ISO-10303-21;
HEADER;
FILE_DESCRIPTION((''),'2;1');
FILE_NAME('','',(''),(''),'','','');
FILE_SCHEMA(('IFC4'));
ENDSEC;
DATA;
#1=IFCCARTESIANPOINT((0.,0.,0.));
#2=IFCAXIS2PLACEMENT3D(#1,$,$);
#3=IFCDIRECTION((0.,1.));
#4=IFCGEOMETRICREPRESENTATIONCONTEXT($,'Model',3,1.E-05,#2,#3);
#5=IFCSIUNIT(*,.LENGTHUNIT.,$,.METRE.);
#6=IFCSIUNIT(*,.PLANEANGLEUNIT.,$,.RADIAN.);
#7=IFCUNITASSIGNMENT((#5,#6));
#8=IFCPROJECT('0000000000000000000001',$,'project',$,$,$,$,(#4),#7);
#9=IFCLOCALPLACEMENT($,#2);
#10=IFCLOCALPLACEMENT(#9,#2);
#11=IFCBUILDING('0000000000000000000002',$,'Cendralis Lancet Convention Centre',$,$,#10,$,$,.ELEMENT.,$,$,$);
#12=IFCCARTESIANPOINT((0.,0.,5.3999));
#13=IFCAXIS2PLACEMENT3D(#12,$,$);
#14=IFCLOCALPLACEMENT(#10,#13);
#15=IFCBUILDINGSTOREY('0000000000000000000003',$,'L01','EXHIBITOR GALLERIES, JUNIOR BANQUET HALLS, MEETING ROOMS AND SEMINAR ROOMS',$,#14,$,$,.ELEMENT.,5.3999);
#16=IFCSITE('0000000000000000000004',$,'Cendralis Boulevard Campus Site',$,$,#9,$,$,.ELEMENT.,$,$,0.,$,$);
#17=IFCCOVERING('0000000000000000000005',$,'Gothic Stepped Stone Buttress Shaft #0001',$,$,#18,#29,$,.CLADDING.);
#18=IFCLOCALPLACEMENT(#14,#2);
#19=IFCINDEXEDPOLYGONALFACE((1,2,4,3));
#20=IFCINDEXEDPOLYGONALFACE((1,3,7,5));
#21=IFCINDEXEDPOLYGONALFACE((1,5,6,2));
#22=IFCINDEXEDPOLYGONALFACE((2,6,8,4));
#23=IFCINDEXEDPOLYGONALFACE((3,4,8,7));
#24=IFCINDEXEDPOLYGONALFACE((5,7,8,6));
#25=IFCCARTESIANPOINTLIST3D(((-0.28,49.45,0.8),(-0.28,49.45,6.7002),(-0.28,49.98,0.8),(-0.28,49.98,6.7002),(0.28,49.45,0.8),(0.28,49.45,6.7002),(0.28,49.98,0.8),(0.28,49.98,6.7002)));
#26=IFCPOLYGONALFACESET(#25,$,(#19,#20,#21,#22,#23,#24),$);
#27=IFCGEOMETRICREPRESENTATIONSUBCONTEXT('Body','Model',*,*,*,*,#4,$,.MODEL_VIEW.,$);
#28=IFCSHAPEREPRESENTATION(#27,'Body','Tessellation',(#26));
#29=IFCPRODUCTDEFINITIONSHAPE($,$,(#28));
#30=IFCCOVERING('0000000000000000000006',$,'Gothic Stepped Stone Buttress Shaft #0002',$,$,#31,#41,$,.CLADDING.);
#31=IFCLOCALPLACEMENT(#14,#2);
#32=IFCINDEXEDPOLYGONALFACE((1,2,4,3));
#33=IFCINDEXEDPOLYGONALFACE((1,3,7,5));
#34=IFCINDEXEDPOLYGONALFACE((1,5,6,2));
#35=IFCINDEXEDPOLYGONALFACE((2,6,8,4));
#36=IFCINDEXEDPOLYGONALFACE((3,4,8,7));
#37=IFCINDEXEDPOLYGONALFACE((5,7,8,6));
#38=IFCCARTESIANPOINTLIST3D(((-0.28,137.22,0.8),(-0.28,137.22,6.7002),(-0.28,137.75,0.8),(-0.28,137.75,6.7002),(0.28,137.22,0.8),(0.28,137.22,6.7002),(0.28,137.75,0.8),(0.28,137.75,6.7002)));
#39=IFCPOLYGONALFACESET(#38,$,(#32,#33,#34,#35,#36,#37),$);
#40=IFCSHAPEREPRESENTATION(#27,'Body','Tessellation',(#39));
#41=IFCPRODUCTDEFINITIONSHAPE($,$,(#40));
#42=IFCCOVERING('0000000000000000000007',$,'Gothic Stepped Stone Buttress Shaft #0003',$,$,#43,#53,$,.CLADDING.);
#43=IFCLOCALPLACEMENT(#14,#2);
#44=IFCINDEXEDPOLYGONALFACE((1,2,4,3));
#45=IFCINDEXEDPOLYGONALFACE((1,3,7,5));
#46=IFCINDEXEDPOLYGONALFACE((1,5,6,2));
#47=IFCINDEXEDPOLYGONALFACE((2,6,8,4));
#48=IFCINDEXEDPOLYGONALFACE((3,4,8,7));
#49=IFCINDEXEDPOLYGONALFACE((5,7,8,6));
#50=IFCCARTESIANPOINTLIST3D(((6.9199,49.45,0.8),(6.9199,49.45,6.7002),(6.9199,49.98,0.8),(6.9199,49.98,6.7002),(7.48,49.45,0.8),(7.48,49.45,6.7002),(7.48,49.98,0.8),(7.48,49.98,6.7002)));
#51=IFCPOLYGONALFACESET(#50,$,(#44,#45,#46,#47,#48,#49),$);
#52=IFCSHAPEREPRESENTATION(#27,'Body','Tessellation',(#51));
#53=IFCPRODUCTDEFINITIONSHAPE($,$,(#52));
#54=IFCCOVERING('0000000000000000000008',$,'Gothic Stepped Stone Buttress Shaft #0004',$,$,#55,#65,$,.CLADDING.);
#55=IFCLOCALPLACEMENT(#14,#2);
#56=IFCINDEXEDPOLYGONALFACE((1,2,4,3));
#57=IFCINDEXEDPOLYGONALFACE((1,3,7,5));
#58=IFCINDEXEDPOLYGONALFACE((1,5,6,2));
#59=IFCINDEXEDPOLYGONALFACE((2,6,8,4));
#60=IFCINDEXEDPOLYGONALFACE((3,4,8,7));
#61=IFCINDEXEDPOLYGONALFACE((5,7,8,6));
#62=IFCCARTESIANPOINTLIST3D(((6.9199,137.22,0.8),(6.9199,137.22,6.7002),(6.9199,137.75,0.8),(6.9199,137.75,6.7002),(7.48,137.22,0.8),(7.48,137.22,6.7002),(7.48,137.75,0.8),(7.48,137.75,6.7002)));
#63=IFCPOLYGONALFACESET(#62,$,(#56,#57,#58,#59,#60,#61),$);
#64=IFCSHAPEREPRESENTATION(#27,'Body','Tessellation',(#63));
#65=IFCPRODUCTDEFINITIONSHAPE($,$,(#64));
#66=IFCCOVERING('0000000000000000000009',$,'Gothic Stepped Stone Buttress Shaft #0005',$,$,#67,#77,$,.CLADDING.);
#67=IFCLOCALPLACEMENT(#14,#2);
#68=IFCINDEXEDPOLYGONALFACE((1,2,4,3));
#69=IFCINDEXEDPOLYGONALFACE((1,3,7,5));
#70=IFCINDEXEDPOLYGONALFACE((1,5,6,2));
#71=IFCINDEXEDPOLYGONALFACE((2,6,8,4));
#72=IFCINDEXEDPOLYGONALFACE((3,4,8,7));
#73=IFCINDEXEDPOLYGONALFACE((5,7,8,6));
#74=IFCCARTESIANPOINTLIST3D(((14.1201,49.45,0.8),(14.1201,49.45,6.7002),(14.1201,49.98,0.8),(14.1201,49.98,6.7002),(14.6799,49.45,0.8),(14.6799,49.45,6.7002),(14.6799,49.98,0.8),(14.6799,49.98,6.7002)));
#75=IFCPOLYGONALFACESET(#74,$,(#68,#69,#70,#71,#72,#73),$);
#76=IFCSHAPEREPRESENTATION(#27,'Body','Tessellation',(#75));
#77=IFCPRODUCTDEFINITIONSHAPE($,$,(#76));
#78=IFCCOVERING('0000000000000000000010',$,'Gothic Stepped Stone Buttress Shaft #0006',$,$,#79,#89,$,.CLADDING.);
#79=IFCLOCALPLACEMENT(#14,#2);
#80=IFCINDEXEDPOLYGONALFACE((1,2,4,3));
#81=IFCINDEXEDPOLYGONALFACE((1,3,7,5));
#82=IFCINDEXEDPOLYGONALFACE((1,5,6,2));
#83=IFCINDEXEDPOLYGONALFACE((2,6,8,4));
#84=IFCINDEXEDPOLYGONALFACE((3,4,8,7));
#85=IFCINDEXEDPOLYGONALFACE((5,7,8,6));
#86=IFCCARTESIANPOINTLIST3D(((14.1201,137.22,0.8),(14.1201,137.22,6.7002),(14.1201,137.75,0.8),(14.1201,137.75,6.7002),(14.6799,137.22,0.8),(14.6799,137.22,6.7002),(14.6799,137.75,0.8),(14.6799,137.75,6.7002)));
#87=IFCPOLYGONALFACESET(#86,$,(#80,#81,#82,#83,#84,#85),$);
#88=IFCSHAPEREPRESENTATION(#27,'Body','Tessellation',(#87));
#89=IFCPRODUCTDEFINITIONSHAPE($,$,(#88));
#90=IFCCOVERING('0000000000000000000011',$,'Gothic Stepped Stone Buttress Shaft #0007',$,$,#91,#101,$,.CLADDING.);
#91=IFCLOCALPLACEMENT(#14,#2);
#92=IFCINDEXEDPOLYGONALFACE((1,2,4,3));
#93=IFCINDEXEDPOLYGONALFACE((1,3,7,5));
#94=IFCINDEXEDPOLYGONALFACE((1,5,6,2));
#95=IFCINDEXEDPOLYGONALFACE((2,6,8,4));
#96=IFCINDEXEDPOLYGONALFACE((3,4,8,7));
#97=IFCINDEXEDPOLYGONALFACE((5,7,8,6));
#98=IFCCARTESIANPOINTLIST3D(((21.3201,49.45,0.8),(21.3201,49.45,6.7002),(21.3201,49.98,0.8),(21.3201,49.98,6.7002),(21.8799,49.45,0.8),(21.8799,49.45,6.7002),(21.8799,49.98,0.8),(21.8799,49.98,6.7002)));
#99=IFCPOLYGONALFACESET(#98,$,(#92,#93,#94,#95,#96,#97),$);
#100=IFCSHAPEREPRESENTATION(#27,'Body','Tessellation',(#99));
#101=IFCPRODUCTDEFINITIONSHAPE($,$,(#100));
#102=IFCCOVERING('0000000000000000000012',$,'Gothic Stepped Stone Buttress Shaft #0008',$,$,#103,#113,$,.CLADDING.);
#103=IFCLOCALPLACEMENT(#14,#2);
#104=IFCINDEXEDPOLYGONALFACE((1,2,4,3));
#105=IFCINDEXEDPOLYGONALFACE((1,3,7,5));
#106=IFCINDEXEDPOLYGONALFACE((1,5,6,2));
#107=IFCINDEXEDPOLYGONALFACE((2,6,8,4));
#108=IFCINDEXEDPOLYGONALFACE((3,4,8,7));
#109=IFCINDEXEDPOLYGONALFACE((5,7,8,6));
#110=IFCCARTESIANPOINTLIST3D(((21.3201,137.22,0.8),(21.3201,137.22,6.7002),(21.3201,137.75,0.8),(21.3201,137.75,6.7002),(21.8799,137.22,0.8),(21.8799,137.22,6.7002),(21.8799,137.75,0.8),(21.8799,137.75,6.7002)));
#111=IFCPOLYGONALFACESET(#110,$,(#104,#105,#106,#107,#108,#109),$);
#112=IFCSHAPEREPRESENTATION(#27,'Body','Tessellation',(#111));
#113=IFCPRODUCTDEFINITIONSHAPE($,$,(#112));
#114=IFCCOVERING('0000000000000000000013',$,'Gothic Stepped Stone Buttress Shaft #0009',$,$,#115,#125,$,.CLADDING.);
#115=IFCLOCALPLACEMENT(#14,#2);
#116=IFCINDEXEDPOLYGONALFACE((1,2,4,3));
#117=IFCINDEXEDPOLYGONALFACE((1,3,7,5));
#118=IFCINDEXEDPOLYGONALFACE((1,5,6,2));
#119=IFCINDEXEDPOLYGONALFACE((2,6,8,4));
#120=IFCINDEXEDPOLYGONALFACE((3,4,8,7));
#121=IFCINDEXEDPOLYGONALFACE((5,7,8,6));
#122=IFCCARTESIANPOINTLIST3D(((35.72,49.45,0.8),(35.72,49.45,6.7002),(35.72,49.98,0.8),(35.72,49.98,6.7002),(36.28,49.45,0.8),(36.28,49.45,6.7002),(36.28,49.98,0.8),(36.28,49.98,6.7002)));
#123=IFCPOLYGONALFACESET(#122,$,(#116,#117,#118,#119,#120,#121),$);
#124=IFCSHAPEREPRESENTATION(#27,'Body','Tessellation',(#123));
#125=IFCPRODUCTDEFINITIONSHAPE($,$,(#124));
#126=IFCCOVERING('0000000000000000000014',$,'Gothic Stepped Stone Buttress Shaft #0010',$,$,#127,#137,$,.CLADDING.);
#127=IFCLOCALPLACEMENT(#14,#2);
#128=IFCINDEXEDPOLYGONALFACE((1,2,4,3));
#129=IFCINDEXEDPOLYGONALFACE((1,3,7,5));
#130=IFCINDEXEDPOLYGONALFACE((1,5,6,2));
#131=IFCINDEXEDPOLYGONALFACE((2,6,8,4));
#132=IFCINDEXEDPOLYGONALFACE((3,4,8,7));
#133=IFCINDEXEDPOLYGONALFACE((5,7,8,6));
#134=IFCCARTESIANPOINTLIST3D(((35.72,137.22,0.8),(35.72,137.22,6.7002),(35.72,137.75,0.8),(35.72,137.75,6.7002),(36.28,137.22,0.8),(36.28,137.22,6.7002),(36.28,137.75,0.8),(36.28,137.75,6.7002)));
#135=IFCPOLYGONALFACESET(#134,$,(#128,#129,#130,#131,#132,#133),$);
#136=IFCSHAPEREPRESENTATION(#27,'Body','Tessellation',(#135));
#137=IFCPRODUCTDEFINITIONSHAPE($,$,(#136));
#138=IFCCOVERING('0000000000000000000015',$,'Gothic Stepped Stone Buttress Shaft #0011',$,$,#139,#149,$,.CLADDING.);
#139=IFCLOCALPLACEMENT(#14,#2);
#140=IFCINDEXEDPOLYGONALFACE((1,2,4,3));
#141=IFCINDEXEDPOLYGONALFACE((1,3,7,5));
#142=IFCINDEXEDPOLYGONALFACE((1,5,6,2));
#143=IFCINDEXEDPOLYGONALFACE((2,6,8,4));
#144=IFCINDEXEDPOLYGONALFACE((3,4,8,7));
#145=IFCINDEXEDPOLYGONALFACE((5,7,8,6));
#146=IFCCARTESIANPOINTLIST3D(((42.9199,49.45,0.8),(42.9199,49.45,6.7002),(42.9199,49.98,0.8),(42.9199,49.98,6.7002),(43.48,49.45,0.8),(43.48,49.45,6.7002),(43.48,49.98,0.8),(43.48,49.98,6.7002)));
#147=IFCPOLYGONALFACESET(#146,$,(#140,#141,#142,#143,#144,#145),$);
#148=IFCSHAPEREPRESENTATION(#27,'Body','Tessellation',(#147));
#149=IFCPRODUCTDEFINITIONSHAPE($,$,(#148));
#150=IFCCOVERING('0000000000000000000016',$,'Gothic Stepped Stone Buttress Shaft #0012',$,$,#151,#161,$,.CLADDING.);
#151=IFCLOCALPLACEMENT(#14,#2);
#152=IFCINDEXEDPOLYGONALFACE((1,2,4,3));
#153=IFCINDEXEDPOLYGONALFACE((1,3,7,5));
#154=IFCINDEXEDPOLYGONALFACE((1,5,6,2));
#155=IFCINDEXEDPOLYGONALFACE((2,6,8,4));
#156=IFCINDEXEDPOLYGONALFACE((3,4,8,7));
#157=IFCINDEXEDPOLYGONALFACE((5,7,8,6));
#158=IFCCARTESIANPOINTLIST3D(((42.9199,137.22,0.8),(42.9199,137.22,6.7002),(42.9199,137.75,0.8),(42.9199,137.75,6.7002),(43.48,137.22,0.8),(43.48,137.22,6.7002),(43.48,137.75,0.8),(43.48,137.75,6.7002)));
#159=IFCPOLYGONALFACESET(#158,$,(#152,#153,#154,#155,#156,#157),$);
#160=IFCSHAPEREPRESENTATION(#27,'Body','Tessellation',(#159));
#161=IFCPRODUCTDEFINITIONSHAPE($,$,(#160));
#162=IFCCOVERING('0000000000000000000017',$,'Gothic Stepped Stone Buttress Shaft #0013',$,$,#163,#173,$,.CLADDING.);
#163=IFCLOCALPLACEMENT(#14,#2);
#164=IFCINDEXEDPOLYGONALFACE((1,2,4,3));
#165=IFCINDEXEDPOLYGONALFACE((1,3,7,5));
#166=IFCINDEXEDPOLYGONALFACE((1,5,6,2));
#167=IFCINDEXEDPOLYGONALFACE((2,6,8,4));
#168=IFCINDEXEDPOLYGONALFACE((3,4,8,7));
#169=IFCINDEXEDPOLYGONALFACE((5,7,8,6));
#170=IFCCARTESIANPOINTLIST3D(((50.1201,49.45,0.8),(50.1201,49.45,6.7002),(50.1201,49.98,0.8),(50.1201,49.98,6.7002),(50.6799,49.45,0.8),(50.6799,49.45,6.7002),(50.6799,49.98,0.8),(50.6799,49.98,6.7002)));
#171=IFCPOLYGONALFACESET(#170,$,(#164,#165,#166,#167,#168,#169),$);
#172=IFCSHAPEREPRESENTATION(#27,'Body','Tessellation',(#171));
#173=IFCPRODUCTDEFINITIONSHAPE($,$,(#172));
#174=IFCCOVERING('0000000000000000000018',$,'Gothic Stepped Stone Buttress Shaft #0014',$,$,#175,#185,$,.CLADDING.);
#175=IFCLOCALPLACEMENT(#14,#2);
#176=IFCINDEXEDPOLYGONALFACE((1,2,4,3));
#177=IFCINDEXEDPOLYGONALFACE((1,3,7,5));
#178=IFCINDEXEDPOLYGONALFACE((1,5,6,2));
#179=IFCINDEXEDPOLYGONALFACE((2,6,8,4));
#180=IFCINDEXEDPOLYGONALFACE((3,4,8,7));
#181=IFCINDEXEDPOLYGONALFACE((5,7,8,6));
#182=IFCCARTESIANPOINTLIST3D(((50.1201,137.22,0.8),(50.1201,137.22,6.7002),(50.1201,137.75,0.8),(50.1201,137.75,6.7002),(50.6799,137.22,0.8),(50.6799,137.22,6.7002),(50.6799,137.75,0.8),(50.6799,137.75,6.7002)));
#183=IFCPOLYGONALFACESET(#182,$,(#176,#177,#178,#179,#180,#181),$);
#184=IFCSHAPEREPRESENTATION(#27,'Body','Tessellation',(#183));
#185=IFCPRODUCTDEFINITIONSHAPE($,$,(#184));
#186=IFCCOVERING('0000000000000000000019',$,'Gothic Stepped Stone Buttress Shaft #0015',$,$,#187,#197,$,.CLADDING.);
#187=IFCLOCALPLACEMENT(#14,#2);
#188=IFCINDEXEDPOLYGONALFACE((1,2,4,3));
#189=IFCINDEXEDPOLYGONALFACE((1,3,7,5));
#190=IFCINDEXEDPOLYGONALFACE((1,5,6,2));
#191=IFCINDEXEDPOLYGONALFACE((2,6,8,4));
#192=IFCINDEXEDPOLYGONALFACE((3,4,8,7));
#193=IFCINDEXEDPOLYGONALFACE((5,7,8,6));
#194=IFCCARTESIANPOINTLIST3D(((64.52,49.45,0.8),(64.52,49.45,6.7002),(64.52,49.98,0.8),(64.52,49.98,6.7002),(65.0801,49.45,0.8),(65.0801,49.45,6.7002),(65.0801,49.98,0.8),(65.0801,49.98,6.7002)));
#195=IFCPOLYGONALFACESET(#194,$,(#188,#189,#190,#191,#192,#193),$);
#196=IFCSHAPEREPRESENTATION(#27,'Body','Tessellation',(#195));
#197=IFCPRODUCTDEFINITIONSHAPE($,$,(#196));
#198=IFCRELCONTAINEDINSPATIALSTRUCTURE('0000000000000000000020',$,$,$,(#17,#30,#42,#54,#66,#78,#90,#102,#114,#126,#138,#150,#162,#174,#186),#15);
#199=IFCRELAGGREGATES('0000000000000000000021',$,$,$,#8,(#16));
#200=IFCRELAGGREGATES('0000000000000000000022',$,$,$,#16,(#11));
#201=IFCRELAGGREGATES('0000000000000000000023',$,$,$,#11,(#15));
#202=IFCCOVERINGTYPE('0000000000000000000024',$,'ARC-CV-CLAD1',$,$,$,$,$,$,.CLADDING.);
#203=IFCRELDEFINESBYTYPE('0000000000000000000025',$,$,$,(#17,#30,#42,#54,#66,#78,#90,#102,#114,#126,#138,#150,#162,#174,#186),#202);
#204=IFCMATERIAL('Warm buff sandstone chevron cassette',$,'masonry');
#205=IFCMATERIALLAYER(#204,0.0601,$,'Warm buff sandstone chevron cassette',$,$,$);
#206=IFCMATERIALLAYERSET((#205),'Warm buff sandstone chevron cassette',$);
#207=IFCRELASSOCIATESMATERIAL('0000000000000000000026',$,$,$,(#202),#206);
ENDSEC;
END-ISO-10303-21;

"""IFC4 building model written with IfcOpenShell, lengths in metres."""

from ifc_helpers import new_model, si_unit, direction, frame, origin, place, context, subcontext, project, spatial, polyline, outline, extrude, material, layer, layer_set, type_object, element, save


model = new_model("IFC4")

# Units and contexts
model_context = context("Model", 3, precision=1e-05, world=origin(), true_north=direction((0.0, 1.0)))
body_context = subcontext(model_context, "Body", "Model", "MODEL_VIEW")
ifc_project = project(units=[si_unit("LENGTHUNIT", "METRE"), si_unit("PLANEANGLEUNIT", "RADIAN")], contexts=[model_context])

# Site, building, storey
site_placement = place(None, origin())
site = spatial("IfcSite", under=ifc_project, at=site_placement, Name="Cendralis Boulevard Campus Site", CompositionType="ELEMENT", RefElevation=0.0)
building_placement = place(site_placement, origin())
building = spatial("IfcBuilding", under=site, at=building_placement, Name="Cendralis Lancet Convention Centre", CompositionType="ELEMENT")
storey_placement = place(building_placement, frame((0.0, 0.0, 5.3999)))
storey = spatial("IfcBuildingStorey", under=building, at=storey_placement, Name="L01", Description="EXHIBITOR GALLERIES, JUNIOR BANQUET HALLS, MEETING ROOMS AND SEMINAR ROOMS", CompositionType="ELEMENT", Elevation=5.3999)

# Coverings
ifc_material = material(Name="Warm buff sandstone chevron cassette", Category="masonry")
ifc_layer = layer(ifc_material, 0.0601, Name="Warm buff sandstone chevron cassette")
ifc_layer_set = layer_set([ifc_layer], Name="Warm buff sandstone chevron cassette")
covering_type = type_object("IfcCoveringType", Name="ARC-CV-CLAD1", PredefinedType="CLADDING", material=ifc_layer_set)
covering_1_placement = place(storey_placement, frame((0.0, 0.0, 0.8)))
element("IfcCovering", 1, at=covering_1_placement, inside=storey, type_object=covering_type, Name="Gothic Stepped Stone Buttress Shaft #0001", PredefinedType="CLADDING", context=body_context, shape_type="SweptSolid", body=[
    extrude(outline(polyline([(-0.28, 49.45), (0.28, 49.45), (0.28, 49.98), (-0.28, 49.98), (-0.28, 49.45)])), origin(), (0.0, 0.0, 1.0), 5.9001),
])
covering_2_placement = place(storey_placement, frame((0.0, 0.0, 0.8)))
element("IfcCovering", 2, at=covering_2_placement, inside=storey, type_object=covering_type, Name="Gothic Stepped Stone Buttress Shaft #0002", PredefinedType="CLADDING", context=body_context, shape_type="SweptSolid", body=[
    extrude(outline(polyline([(0.28, 137.75), (-0.28, 137.75), (-0.28, 137.22), (0.28, 137.22), (0.28, 137.75)])), origin(), (0.0, 0.0, 1.0), 5.9001),
])
covering_3_placement = place(storey_placement, frame((0.0, 0.0, 0.8)))
element("IfcCovering", 3, at=covering_3_placement, inside=storey, type_object=covering_type, Name="Gothic Stepped Stone Buttress Shaft #0003", PredefinedType="CLADDING", context=body_context, shape_type="SweptSolid", body=[
    extrude(outline(polyline([(6.9199, 49.45), (7.48, 49.45), (7.48, 49.98), (6.9199, 49.98), (6.9199, 49.45)])), origin(), (0.0, 0.0, 1.0), 5.9001),
])
covering_4_placement = place(storey_placement, frame((0.0, 0.0, 0.8)))
element("IfcCovering", 4, at=covering_4_placement, inside=storey, type_object=covering_type, Name="Gothic Stepped Stone Buttress Shaft #0004", PredefinedType="CLADDING", context=body_context, shape_type="SweptSolid", body=[
    extrude(outline(polyline([(7.48, 137.75), (6.9199, 137.75), (6.9199, 137.22), (7.48, 137.22), (7.48, 137.75)])), origin(), (0.0, 0.0, 1.0), 5.9001),
])
covering_5_placement = place(storey_placement, frame((0.0, 0.0, 0.8)))
element("IfcCovering", 5, at=covering_5_placement, inside=storey, type_object=covering_type, Name="Gothic Stepped Stone Buttress Shaft #0005", PredefinedType="CLADDING", context=body_context, shape_type="SweptSolid", body=[
    extrude(outline(polyline([(14.1201, 49.45), (14.6799, 49.45), (14.6799, 49.98), (14.1201, 49.98), (14.1201, 49.45)])), origin(), (0.0, 0.0, 1.0), 5.9001),
])
covering_6_placement = place(storey_placement, frame((0.0, 0.0, 0.8)))
element("IfcCovering", 6, at=covering_6_placement, inside=storey, type_object=covering_type, Name="Gothic Stepped Stone Buttress Shaft #0006", PredefinedType="CLADDING", context=body_context, shape_type="SweptSolid", body=[
    extrude(outline(polyline([(14.6799, 137.75), (14.1201, 137.75), (14.1201, 137.22), (14.6799, 137.22), (14.6799, 137.75)])), origin(), (0.0, 0.0, 1.0), 5.9001),
])
covering_7_placement = place(storey_placement, frame((0.0, 0.0, 0.8)))
element("IfcCovering", 7, at=covering_7_placement, inside=storey, type_object=covering_type, Name="Gothic Stepped Stone Buttress Shaft #0007", PredefinedType="CLADDING", context=body_context, shape_type="SweptSolid", body=[
    extrude(outline(polyline([(21.3201, 49.45), (21.8799, 49.45), (21.8799, 49.98), (21.3201, 49.98), (21.3201, 49.45)])), origin(), (0.0, 0.0, 1.0), 5.9001),
])
covering_8_placement = place(storey_placement, frame((0.0, 0.0, 0.8)))
element("IfcCovering", 8, at=covering_8_placement, inside=storey, type_object=covering_type, Name="Gothic Stepped Stone Buttress Shaft #0008", PredefinedType="CLADDING", context=body_context, shape_type="SweptSolid", body=[
    extrude(outline(polyline([(21.8799, 137.75), (21.3201, 137.75), (21.3201, 137.22), (21.8799, 137.22), (21.8799, 137.75)])), origin(), (0.0, 0.0, 1.0), 5.9001),
])
covering_9_placement = place(storey_placement, frame((0.0, 0.0, 0.8)))
element("IfcCovering", 9, at=covering_9_placement, inside=storey, type_object=covering_type, Name="Gothic Stepped Stone Buttress Shaft #0009", PredefinedType="CLADDING", context=body_context, shape_type="SweptSolid", body=[
    extrude(outline(polyline([(35.72, 49.45), (36.28, 49.45), (36.28, 49.98), (35.72, 49.98), (35.72, 49.45)])), origin(), (0.0, 0.0, 1.0), 5.9001),
])
covering_10_placement = place(storey_placement, frame((0.0, 0.0, 0.8)))
element("IfcCovering", 10, at=covering_10_placement, inside=storey, type_object=covering_type, Name="Gothic Stepped Stone Buttress Shaft #0010", PredefinedType="CLADDING", context=body_context, shape_type="SweptSolid", body=[
    extrude(outline(polyline([(36.28, 137.75), (35.72, 137.75), (35.72, 137.22), (36.28, 137.22), (36.28, 137.75)])), origin(), (0.0, 0.0, 1.0), 5.9001),
])
covering_11_placement = place(storey_placement, frame((0.0, 0.0, 0.8)))
element("IfcCovering", 11, at=covering_11_placement, inside=storey, type_object=covering_type, Name="Gothic Stepped Stone Buttress Shaft #0011", PredefinedType="CLADDING", context=body_context, shape_type="SweptSolid", body=[
    extrude(outline(polyline([(42.9199, 49.45), (43.48, 49.45), (43.48, 49.98), (42.9199, 49.98), (42.9199, 49.45)])), origin(), (0.0, 0.0, 1.0), 5.9001),
])
covering_12_placement = place(storey_placement, frame((0.0, 0.0, 0.8)))
element("IfcCovering", 12, at=covering_12_placement, inside=storey, type_object=covering_type, Name="Gothic Stepped Stone Buttress Shaft #0012", PredefinedType="CLADDING", context=body_context, shape_type="SweptSolid", body=[
    extrude(outline(polyline([(43.48, 137.75), (42.9199, 137.75), (42.9199, 137.22), (43.48, 137.22), (43.48, 137.75)])), origin(), (0.0, 0.0, 1.0), 5.9001),
])
covering_13_placement = place(storey_placement, frame((0.0, 0.0, 0.8)))
element("IfcCovering", 13, at=covering_13_placement, inside=storey, type_object=covering_type, Name="Gothic Stepped Stone Buttress Shaft #0013", PredefinedType="CLADDING", context=body_context, shape_type="SweptSolid", body=[
    extrude(outline(polyline([(50.1201, 49.45), (50.6799, 49.45), (50.6799, 49.98), (50.1201, 49.98), (50.1201, 49.45)])), origin(), (0.0, 0.0, 1.0), 5.9001),
])
covering_14_placement = place(storey_placement, frame((0.0, 0.0, 0.8)))
element("IfcCovering", 14, at=covering_14_placement, inside=storey, type_object=covering_type, Name="Gothic Stepped Stone Buttress Shaft #0014", PredefinedType="CLADDING", context=body_context, shape_type="SweptSolid", body=[
    extrude(outline(polyline([(50.6799, 137.75), (50.1201, 137.75), (50.1201, 137.22), (50.6799, 137.22), (50.6799, 137.75)])), origin(), (0.0, 0.0, 1.0), 5.9001),
])
covering_15_placement = place(storey_placement, frame((0.0, 0.0, 0.8)))
element("IfcCovering", 15, at=covering_15_placement, inside=storey, type_object=covering_type, Name="Gothic Stepped Stone Buttress Shaft #0015", PredefinedType="CLADDING", context=body_context, shape_type="SweptSolid", body=[
    extrude(outline(polyline([(64.52, 49.45), (65.0801, 49.45), (65.0801, 49.98), (64.52, 49.98), (64.52, 49.45)])), origin(), (0.0, 0.0, 1.0), 5.9001),
])

save(model, "model.ifc")
